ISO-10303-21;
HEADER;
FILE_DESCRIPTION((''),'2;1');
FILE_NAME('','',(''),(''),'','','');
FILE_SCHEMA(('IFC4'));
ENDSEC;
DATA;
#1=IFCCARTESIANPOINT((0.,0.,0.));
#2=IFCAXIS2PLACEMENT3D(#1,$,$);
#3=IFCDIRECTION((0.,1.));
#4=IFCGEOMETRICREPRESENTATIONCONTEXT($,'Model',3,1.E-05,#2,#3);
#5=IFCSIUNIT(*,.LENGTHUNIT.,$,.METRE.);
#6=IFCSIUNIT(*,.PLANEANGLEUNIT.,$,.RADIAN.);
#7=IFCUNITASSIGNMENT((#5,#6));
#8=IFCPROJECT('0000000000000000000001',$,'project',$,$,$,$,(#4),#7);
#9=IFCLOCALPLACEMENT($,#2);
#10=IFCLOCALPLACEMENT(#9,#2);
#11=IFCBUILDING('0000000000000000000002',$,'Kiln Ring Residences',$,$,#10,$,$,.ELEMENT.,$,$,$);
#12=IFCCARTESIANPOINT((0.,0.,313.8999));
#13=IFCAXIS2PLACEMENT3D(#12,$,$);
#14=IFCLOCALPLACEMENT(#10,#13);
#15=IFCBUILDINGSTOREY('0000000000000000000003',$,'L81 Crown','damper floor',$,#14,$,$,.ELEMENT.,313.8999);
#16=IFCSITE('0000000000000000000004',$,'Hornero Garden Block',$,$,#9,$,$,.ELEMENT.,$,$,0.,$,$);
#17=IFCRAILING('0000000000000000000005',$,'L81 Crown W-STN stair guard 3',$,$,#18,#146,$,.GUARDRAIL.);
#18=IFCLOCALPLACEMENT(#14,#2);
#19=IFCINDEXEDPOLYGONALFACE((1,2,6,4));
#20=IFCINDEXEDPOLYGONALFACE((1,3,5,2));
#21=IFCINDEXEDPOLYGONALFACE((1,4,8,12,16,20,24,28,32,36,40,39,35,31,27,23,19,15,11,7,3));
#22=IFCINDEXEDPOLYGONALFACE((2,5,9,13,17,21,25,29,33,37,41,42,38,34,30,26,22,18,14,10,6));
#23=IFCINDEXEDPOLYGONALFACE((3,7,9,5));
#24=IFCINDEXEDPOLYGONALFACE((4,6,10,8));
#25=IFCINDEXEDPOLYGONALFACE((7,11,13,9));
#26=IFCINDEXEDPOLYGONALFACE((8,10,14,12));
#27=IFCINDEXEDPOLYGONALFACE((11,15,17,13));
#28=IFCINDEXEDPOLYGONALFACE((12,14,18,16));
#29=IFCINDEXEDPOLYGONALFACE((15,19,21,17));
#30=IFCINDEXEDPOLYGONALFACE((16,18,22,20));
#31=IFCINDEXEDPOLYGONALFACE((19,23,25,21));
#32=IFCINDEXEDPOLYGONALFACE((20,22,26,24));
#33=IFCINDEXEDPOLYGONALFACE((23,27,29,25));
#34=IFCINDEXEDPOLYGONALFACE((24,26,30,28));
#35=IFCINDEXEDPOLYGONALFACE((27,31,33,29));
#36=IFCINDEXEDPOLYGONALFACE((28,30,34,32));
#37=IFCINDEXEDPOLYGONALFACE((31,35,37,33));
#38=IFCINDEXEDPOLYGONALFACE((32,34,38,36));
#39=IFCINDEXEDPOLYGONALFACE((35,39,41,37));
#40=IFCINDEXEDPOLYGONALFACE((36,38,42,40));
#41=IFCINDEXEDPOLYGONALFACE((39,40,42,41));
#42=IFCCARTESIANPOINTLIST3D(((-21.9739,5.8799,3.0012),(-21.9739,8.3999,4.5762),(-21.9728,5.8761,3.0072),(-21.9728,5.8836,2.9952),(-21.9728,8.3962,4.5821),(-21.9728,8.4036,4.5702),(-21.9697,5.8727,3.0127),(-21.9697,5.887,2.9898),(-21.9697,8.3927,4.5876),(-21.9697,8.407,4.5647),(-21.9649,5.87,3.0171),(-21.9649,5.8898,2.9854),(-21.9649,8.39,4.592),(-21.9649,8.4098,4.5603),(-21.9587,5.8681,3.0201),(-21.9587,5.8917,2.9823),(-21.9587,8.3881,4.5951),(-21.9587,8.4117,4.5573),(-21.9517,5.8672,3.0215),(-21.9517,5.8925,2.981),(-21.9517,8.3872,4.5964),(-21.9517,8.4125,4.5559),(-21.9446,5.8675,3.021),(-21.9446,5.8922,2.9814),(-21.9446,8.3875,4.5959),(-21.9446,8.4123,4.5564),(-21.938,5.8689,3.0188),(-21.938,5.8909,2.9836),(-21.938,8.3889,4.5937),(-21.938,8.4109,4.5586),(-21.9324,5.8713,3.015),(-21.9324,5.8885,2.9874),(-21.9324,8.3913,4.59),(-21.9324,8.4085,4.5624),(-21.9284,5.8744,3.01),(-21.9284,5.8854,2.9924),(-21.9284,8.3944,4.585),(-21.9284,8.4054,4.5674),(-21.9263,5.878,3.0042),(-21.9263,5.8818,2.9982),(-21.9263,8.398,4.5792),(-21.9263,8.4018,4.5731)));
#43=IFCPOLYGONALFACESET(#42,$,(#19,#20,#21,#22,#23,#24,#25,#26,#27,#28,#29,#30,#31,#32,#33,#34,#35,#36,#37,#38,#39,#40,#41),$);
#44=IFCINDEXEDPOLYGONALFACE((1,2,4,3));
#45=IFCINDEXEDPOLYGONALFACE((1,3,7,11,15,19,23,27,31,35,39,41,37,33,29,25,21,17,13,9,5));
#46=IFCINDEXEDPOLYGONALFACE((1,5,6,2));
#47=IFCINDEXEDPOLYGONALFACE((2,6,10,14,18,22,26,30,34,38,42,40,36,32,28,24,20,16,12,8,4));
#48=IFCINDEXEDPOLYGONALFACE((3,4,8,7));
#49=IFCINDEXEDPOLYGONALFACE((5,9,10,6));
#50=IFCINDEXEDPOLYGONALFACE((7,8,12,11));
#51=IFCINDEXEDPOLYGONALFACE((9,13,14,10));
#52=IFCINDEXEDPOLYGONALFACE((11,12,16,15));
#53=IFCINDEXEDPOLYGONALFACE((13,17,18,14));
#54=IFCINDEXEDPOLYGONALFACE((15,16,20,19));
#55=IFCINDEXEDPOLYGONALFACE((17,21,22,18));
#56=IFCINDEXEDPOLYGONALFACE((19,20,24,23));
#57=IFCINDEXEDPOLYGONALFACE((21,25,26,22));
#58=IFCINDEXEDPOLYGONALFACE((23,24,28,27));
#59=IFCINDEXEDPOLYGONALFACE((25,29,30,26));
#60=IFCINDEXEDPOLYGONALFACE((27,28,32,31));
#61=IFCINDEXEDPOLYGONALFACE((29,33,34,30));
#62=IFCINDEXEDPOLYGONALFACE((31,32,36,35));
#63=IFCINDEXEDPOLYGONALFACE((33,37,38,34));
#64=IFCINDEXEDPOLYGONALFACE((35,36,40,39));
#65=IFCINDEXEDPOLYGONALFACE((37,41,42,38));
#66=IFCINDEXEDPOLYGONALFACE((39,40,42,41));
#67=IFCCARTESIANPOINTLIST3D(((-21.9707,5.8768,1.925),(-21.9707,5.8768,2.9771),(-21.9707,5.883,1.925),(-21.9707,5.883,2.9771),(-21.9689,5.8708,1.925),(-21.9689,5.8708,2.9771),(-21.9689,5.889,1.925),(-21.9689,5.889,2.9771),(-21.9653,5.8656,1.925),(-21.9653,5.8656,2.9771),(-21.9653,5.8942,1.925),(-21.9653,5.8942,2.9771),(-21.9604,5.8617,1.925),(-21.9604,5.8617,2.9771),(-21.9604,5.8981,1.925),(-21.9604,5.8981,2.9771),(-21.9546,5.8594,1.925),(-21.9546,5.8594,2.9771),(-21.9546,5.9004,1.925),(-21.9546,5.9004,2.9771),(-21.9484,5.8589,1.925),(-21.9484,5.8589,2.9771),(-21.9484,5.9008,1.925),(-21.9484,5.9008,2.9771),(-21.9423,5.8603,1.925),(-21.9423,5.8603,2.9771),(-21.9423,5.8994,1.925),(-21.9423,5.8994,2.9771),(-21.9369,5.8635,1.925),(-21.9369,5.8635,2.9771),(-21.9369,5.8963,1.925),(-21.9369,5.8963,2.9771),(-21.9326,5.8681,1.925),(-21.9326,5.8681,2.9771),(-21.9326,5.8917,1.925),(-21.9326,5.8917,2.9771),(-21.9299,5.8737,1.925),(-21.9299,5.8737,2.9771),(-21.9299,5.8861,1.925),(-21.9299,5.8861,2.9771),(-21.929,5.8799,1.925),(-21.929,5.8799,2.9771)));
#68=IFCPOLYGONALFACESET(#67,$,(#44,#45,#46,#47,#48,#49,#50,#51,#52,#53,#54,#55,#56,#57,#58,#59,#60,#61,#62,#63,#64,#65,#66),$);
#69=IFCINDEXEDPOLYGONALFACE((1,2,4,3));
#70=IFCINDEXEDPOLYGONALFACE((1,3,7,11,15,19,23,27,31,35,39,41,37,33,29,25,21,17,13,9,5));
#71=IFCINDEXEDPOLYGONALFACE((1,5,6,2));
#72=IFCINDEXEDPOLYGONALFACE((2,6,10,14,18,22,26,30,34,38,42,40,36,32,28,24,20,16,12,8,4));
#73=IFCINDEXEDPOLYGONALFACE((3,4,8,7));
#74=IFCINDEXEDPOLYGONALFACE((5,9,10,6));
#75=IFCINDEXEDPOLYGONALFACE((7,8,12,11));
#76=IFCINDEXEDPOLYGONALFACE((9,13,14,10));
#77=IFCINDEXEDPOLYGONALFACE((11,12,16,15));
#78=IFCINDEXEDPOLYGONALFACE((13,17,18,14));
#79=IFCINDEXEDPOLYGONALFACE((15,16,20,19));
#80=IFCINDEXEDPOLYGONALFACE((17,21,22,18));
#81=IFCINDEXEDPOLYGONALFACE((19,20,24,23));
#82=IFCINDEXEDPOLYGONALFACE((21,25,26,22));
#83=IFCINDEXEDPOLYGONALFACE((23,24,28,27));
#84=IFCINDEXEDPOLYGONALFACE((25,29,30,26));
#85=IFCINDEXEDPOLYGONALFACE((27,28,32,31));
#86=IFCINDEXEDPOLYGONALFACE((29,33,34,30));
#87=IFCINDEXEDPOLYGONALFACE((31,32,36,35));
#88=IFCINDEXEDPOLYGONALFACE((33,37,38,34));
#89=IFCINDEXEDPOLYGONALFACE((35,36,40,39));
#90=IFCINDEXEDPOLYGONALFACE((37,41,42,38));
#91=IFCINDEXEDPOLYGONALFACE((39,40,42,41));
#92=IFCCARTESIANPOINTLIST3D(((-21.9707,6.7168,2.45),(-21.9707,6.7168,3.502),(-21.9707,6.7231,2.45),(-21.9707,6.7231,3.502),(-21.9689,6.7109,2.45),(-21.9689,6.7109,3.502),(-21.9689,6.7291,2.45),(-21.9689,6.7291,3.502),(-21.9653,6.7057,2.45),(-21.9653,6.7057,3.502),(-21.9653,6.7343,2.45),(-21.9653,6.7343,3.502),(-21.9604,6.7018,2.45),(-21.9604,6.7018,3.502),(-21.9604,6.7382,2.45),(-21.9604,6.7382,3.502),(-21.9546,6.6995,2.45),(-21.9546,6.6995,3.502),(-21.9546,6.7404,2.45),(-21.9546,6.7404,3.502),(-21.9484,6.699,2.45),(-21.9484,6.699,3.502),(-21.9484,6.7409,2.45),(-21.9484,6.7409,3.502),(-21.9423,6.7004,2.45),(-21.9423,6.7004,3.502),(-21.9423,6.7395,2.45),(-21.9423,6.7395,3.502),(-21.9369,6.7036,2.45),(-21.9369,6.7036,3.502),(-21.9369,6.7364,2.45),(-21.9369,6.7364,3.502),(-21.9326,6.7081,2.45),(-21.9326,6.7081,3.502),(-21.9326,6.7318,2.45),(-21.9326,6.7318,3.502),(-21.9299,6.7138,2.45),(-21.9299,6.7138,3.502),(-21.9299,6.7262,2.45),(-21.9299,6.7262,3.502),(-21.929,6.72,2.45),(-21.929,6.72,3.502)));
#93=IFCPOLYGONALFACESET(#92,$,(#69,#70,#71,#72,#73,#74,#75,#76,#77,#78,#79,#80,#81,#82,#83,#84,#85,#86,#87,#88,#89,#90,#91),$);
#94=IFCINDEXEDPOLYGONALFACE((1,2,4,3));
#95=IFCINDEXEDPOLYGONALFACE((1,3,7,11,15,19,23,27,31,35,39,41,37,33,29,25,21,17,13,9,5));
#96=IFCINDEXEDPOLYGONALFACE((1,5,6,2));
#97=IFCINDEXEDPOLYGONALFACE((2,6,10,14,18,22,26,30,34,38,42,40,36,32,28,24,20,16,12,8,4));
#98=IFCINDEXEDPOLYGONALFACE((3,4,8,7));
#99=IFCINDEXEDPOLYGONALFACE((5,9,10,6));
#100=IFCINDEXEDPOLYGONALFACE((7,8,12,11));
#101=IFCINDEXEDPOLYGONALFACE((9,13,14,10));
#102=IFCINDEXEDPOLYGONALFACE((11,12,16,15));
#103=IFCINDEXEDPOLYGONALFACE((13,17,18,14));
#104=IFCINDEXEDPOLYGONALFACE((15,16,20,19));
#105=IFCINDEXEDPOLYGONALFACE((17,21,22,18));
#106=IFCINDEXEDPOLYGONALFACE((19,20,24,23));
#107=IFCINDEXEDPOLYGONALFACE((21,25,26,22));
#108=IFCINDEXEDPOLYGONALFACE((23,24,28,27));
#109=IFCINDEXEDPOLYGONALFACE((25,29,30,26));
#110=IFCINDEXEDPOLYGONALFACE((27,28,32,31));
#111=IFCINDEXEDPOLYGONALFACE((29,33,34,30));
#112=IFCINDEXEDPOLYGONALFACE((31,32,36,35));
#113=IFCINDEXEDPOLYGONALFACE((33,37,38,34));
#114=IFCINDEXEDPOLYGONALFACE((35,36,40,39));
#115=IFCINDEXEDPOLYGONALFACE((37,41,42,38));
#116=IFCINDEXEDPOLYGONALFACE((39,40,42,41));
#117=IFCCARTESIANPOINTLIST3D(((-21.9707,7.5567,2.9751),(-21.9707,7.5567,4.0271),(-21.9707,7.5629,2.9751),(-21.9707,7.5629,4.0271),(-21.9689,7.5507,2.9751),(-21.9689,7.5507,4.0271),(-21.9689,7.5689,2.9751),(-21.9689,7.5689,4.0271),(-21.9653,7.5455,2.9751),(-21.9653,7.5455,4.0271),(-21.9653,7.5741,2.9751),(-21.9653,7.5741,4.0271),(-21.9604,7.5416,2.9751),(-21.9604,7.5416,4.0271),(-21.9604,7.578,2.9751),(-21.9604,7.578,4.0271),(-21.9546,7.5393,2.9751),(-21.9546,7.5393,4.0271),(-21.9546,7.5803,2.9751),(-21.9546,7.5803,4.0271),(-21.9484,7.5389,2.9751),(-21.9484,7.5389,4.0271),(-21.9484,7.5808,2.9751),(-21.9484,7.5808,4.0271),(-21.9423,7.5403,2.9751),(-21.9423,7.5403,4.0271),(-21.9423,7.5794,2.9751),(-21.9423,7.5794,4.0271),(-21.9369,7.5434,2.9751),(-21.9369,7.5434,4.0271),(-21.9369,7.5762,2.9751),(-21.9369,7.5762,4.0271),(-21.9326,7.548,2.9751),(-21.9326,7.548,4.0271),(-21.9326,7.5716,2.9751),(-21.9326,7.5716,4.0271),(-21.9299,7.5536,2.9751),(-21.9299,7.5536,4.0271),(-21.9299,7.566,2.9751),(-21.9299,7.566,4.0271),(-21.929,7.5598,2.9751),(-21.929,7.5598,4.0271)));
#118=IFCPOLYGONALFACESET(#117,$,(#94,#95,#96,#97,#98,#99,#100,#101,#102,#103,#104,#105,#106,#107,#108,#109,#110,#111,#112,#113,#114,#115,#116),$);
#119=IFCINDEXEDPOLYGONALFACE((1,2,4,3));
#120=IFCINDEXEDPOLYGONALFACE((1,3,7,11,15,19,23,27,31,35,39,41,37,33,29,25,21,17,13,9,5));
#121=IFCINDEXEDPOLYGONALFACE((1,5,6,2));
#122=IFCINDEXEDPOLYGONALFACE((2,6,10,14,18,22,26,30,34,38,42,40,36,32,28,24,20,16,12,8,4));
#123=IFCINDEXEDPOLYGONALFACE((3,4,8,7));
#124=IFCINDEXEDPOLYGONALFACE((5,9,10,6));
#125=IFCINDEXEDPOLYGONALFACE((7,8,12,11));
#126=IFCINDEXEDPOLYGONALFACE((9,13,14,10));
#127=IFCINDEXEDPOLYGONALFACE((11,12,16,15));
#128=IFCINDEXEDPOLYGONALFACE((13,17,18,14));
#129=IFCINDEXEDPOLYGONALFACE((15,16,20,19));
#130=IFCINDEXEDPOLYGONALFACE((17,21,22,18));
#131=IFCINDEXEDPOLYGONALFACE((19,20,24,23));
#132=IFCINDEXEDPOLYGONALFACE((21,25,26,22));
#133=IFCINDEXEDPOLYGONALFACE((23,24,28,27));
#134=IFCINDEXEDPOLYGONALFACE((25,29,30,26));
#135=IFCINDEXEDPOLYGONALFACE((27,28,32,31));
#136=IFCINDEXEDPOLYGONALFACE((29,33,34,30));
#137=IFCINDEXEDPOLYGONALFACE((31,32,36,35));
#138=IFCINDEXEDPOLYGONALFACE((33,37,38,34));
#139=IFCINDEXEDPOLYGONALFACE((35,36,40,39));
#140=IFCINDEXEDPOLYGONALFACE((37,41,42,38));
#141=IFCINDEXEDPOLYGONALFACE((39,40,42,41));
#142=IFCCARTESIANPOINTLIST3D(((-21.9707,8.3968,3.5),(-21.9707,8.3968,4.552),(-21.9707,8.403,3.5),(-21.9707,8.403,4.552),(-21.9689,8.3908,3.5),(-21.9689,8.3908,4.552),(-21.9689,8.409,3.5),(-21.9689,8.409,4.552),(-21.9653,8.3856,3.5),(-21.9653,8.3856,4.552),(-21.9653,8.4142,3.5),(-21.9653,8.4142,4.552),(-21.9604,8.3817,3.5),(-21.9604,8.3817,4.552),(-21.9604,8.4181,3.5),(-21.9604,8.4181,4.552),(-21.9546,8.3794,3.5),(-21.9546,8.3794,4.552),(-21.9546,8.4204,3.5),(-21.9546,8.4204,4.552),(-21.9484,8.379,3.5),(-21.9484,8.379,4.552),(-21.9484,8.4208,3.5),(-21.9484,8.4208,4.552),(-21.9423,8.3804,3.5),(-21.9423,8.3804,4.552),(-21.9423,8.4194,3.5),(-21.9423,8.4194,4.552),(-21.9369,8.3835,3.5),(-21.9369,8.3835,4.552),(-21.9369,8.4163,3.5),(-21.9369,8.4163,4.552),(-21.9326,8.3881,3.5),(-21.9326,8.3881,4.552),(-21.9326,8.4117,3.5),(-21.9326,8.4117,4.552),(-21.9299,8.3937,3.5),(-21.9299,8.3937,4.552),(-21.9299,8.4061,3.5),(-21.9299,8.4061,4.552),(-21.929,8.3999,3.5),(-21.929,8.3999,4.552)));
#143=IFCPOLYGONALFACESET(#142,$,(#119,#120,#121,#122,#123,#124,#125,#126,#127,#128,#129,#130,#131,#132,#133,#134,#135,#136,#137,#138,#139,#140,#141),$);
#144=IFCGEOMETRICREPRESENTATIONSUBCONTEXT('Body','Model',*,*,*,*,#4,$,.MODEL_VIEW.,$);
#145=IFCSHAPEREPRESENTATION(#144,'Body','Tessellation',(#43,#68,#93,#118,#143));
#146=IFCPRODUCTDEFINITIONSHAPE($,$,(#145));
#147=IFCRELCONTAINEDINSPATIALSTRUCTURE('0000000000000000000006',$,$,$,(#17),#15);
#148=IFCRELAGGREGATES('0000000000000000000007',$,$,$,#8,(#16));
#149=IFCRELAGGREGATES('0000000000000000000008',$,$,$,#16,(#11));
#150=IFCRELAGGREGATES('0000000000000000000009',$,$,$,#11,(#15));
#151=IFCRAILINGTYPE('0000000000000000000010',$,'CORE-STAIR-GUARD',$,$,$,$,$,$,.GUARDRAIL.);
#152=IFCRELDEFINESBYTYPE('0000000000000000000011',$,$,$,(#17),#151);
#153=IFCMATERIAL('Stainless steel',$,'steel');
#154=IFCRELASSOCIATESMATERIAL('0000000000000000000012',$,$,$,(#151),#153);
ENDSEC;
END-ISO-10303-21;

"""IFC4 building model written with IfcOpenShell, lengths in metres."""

from ifc_helpers import new_model, si_unit, direction, frame, origin, origin_2d, place, context, subcontext, project, spatial, circle, extrude, material, type_object, element, save


model = new_model("IFC4")

# Units and contexts
model_context = context("Model", 3, precision=1e-05, world=origin(), true_north=direction((0.0, 1.0)))
body_context = subcontext(model_context, "Body", "Model", "MODEL_VIEW")
ifc_project = project(units=[si_unit("LENGTHUNIT", "METRE"), si_unit("PLANEANGLEUNIT", "RADIAN")], contexts=[model_context])

# Site, building, storey
site_placement = place(None, origin())
site = spatial("IfcSite", under=ifc_project, at=site_placement, Name="Hornero Garden Block", CompositionType="ELEMENT", RefElevation=0.0)
building_placement = place(site_placement, origin())
building = spatial("IfcBuilding", under=site, at=building_placement, Name="Kiln Ring Residences", CompositionType="ELEMENT")
storey_placement = place(building_placement, frame((0.0, 0.0, 313.8999)))
storey = spatial("IfcBuildingStorey", under=building, at=storey_placement, Name="L81 Crown", Description="damper floor", CompositionType="ELEMENT", Elevation=313.8999)

# Railing
ifc_material_1 = material(Name="Stainless steel", Category="steel")
railing_type_1 = type_object("IfcRailingType", Name="CORE-STAIR-GUARD", PredefinedType="GUARDRAIL", material=ifc_material_1)
railing_1_placement = place(storey_placement, frame((-21.95, 5.8799, 1.925)))
element("IfcRailing", 1, at=railing_1_placement, inside=storey, type_object=railing_type_1, Name="L81 Crown W-STN stair guard 3", PredefinedType="GUARDRAIL", context=body_context, shape_type="SweptSolid", body=[
    extrude(circle(Radius=0.0239, at=origin_2d()), frame((0.0, 0.0, 1.0762), z_axis=(0.0, 0.848008, 0.529984), x_axis=(-1.0, 0.0, 0.0)), (0.0, 0.0, 1.0), 2.9717),
    extrude(circle(Radius=0.021, at=origin_2d()), origin(), (0.0, 0.0, 1.0), 1.052),
    extrude(circle(Radius=0.021, at=origin_2d()), frame((0.0, 0.8401, 0.5249)), (0.0, 0.0, 1.0), 1.052),
    extrude(circle(Radius=0.021, at=origin_2d()), frame((0.0, 1.6799, 1.05)), (0.0, 0.0, 1.0), 1.052),
    extrude(circle(Radius=0.021, at=origin_2d()), frame((0.0, 2.52, 1.575)), (0.0, 0.0, 1.0), 1.052),
])

save(model, "model.ifc")
